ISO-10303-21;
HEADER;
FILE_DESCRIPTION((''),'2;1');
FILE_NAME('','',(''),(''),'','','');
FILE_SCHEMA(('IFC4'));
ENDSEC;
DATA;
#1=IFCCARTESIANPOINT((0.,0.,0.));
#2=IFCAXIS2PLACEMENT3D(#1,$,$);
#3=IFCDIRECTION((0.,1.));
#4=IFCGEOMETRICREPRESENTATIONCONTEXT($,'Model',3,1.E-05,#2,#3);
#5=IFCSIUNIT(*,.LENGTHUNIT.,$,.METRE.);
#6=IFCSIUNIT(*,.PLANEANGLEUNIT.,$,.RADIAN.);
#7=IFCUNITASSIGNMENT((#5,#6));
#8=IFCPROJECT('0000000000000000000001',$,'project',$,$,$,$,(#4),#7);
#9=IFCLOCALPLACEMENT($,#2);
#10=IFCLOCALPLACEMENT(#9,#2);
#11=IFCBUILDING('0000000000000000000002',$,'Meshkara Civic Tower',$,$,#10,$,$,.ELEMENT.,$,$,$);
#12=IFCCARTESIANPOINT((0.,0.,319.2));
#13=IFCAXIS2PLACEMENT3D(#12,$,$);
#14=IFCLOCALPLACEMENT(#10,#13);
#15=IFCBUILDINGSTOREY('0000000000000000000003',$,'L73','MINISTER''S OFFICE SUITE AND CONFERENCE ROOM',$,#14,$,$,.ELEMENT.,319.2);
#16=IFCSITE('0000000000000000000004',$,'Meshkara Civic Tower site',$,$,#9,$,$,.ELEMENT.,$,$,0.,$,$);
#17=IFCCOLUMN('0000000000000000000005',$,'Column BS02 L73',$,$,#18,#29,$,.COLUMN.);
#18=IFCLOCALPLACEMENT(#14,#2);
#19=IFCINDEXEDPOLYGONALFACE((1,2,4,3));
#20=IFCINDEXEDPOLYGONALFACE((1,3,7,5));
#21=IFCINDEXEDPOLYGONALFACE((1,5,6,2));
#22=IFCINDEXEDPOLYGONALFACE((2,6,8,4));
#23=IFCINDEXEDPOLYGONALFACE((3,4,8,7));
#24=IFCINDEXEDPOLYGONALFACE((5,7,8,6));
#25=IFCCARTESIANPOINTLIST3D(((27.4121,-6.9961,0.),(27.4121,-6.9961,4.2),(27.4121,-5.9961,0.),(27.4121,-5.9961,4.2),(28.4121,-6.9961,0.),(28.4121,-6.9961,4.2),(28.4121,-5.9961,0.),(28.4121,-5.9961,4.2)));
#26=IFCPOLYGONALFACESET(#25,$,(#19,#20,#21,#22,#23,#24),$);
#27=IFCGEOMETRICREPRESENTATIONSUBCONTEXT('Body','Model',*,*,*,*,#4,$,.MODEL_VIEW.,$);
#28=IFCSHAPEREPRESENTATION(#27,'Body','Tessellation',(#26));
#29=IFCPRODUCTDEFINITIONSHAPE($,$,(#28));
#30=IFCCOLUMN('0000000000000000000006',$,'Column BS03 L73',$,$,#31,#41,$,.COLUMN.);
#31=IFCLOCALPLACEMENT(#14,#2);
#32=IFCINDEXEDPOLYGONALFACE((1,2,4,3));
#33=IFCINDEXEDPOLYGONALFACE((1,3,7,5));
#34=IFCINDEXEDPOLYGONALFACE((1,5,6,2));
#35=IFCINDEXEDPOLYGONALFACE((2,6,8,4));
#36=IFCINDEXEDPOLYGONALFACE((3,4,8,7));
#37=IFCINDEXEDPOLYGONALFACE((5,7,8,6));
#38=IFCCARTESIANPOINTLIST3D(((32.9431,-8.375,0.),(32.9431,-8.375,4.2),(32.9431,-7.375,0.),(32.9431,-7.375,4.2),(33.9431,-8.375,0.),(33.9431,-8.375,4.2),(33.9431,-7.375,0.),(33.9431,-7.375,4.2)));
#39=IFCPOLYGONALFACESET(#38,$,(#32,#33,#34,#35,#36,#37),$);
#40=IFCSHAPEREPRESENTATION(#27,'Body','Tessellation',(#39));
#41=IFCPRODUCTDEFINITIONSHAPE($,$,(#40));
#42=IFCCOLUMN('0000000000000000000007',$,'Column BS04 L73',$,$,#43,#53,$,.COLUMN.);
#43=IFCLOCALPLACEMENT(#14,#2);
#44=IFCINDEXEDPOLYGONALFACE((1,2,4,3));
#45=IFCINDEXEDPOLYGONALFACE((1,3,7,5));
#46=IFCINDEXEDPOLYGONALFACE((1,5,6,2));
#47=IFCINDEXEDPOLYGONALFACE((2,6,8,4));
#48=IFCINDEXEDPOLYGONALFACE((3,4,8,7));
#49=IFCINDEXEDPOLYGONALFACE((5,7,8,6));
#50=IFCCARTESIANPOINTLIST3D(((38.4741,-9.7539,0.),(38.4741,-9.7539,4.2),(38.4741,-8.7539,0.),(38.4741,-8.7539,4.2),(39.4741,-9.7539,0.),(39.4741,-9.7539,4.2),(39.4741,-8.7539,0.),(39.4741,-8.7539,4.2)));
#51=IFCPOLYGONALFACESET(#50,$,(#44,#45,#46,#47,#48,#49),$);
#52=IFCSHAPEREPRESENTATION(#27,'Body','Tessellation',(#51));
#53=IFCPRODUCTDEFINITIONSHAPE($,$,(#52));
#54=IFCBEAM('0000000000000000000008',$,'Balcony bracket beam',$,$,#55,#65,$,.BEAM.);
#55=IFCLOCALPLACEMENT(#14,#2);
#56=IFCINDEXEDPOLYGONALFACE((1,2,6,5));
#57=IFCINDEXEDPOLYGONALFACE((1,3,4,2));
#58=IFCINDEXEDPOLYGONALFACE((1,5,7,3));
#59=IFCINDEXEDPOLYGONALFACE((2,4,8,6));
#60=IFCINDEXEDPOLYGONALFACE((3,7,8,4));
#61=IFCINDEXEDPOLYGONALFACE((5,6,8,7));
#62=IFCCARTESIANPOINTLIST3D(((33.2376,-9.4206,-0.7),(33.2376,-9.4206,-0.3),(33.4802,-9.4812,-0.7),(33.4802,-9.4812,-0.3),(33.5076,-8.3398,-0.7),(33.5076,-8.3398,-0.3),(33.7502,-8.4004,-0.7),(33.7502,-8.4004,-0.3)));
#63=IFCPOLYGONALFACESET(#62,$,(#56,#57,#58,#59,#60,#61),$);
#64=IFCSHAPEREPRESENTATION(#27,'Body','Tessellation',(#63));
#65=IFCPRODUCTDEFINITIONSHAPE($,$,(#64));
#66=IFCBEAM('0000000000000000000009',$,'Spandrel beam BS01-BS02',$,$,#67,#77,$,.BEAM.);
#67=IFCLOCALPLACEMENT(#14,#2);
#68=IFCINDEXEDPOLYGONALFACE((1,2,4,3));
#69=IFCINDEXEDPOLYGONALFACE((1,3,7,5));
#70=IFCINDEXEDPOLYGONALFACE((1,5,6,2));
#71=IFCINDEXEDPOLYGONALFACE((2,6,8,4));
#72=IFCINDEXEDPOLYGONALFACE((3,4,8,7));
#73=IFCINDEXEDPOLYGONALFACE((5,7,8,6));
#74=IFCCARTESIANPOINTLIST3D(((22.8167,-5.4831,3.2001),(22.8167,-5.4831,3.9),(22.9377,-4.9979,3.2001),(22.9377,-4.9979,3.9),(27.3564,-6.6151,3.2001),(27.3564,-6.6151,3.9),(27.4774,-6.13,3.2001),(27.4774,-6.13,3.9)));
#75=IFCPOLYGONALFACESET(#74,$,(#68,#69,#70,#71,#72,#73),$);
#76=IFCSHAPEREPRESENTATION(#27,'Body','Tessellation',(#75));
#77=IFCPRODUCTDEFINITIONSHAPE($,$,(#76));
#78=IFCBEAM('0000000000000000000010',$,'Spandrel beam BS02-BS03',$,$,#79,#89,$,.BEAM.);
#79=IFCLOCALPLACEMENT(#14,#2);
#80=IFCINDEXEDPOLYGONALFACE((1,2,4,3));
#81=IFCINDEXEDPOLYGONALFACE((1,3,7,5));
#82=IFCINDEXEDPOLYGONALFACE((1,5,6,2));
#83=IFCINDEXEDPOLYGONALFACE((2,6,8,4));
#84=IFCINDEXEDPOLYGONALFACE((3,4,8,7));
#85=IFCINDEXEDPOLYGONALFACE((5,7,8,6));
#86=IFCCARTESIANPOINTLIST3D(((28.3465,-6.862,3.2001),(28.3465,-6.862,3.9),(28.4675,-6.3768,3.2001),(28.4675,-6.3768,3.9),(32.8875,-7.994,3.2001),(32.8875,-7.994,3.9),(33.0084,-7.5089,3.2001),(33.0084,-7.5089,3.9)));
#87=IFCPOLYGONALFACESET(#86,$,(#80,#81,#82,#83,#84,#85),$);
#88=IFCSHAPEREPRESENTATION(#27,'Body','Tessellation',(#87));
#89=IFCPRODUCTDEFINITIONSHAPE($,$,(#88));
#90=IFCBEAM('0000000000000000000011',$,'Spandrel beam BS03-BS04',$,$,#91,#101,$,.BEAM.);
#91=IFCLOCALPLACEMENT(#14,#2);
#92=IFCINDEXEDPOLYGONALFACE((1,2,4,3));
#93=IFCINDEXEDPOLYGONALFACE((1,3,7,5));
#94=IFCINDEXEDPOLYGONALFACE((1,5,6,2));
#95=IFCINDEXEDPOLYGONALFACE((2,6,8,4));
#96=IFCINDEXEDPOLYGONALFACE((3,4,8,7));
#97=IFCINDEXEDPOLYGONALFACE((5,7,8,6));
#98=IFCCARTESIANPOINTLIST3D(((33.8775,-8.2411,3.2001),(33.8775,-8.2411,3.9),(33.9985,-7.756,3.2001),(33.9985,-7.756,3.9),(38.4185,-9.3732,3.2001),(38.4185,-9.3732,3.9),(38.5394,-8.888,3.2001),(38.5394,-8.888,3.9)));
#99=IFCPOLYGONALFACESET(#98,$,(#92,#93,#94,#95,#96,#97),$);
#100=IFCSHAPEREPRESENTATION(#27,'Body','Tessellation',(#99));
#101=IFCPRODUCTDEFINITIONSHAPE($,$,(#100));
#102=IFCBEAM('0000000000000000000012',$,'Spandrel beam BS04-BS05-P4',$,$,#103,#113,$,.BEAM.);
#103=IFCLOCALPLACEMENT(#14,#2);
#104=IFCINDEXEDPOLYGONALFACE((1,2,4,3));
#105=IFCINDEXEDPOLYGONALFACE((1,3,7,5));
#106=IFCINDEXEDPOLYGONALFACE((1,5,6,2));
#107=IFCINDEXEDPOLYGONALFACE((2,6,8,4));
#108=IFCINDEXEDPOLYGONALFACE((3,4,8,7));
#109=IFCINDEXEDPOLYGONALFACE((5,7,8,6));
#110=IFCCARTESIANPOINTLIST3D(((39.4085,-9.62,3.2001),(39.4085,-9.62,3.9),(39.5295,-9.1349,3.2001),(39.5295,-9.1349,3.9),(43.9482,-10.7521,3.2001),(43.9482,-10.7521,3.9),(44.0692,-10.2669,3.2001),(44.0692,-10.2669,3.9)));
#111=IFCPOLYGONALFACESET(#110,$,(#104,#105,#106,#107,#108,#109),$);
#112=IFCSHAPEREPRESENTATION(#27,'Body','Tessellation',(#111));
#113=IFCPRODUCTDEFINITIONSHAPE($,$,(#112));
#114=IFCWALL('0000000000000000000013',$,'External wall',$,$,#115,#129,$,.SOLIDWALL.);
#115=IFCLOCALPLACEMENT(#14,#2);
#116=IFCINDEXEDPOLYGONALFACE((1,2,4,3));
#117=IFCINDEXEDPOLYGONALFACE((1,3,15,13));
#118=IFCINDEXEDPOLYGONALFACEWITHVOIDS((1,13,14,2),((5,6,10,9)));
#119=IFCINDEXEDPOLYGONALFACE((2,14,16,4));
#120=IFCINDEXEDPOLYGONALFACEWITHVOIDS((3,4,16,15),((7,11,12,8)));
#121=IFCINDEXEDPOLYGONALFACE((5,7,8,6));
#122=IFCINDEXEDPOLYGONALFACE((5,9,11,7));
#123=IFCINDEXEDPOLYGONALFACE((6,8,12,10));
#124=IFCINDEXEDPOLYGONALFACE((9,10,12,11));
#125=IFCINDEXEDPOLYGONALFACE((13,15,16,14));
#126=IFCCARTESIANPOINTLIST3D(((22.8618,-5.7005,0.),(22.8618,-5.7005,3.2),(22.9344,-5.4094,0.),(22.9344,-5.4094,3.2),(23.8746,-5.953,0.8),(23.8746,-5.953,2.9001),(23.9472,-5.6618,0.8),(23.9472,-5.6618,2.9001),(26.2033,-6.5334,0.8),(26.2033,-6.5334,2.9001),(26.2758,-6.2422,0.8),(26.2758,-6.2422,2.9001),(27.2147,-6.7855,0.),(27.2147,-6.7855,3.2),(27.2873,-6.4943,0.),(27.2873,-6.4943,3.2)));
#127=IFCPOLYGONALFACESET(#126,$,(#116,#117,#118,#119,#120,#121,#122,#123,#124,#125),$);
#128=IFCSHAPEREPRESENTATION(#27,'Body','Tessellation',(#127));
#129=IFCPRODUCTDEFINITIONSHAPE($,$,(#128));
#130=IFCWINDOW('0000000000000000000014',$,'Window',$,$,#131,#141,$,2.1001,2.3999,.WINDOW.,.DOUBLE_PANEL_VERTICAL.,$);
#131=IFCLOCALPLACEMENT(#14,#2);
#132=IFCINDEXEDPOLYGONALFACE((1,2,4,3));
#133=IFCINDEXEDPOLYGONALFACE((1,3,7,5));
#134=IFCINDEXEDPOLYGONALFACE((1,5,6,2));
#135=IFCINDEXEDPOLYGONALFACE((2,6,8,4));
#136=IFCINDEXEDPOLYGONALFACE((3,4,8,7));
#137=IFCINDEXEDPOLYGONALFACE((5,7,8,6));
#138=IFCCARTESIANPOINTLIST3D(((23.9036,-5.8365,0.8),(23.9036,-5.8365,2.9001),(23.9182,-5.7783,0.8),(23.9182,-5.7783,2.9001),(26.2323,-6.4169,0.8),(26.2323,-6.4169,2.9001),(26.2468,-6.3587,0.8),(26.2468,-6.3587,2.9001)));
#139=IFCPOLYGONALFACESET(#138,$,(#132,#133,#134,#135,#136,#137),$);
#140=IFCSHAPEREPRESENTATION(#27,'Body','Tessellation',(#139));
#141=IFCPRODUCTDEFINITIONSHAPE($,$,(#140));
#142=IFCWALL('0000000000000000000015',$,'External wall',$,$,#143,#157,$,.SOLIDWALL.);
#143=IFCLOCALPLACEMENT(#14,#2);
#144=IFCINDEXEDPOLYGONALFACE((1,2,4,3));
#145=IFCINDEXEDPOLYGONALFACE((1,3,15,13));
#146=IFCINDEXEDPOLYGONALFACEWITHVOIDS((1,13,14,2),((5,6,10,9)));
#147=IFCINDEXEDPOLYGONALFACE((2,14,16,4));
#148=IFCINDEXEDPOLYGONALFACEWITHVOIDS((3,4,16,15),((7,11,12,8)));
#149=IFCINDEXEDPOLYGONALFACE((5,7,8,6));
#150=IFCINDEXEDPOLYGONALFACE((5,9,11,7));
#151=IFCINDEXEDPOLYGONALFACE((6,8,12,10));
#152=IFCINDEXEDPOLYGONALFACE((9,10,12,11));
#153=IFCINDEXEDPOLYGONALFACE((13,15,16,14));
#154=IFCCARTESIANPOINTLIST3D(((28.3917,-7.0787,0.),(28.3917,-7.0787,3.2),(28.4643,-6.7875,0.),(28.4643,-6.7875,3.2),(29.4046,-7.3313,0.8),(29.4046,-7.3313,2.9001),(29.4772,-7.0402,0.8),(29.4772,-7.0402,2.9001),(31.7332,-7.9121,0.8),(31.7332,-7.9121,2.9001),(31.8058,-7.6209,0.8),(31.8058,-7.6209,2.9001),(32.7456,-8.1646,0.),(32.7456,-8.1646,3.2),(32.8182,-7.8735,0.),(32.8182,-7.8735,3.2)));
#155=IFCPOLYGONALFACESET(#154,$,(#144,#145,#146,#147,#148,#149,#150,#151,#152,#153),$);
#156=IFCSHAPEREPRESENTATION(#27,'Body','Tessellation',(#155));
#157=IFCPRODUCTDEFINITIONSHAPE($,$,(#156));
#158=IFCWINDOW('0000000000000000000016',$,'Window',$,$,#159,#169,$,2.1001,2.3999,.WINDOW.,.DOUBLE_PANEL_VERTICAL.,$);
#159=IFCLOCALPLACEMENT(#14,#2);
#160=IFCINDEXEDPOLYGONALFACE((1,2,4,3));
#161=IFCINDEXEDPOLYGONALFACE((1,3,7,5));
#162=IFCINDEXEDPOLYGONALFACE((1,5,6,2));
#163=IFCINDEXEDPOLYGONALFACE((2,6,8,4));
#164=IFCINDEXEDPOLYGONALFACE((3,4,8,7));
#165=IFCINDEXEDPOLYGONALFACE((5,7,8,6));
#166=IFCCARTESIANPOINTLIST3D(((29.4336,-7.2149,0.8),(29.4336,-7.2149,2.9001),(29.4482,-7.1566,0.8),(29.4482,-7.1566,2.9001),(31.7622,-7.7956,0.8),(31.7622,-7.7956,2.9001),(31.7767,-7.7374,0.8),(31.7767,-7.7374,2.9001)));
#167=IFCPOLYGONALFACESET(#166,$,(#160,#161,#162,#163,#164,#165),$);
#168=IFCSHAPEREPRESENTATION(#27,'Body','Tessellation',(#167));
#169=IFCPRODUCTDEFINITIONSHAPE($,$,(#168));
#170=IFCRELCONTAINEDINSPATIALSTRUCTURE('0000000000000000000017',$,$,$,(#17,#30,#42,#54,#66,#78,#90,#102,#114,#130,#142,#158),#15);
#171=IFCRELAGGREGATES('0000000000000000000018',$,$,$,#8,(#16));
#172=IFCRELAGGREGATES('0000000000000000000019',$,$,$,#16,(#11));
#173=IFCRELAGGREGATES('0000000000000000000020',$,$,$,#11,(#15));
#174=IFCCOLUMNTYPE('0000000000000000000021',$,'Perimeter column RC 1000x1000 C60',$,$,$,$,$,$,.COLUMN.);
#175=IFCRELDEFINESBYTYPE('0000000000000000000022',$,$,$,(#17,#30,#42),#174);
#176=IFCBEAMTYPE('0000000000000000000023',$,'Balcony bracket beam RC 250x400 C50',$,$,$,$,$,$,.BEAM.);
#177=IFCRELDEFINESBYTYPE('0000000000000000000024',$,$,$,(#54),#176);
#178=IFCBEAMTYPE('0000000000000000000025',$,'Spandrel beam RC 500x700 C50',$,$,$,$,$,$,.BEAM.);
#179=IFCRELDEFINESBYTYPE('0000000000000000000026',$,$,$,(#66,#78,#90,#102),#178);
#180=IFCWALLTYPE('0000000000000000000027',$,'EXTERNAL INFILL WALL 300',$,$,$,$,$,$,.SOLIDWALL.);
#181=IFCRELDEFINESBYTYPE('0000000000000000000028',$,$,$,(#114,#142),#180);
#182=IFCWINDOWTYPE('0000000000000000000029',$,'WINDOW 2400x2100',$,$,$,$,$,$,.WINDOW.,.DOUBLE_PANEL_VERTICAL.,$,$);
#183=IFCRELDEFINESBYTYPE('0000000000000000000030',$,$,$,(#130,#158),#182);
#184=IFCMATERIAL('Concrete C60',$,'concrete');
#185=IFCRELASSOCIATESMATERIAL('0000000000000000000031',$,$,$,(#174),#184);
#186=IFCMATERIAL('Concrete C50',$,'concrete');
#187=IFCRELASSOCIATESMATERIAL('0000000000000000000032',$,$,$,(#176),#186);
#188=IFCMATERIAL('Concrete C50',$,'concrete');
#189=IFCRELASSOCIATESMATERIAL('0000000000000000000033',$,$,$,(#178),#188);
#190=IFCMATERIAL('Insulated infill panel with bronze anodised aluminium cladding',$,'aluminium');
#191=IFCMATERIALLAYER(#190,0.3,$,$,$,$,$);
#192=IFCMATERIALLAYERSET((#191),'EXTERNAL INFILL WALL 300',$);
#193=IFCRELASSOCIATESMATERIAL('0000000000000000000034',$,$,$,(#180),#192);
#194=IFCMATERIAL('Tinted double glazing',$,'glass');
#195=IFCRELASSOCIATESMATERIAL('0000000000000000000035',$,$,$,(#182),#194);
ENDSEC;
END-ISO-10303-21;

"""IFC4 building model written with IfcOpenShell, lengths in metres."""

from ifc_helpers import new_model, si_unit, direction, frame, frame_2d, origin, origin_2d, place, context, subcontext, project, spatial, rectangle, extrude, material, layer, layer_set, material_profile, profile_set, type_object, element, fill, save


model = new_model("IFC4")

# Units and contexts
model_context = context("Model", 3, precision=1e-05, world=origin(), true_north=direction((0.0, 1.0)))
body_context = subcontext(model_context, "Body", "Model", "MODEL_VIEW")
ifc_project = project(units=[si_unit("LENGTHUNIT", "METRE"), si_unit("PLANEANGLEUNIT", "RADIAN")], contexts=[model_context])

# Site, building, storey
site_placement = place(None, origin())
site = spatial("IfcSite", under=ifc_project, at=site_placement, Name="Meshkara Civic Tower site", CompositionType="ELEMENT", RefElevation=0.0)
building_placement = place(site_placement, origin())
building = spatial("IfcBuilding", under=site, at=building_placement, Name="Meshkara Civic Tower", CompositionType="ELEMENT")
storey_placement = place(building_placement, frame((0.0, 0.0, 319.2)))
storey = spatial("IfcBuildingStorey", under=building, at=storey_placement, Name="L73", Description="MINISTER'S OFFICE SUITE AND CONFERENCE ROOM", CompositionType="ELEMENT", Elevation=319.2)

# Columns
ifc_material_1 = material(Name="Concrete C60", Category="concrete")
ifc_material_profile_1 = material_profile(ifc_material_1, rectangle(XDim=1.0, YDim=1.0, at=origin_2d()))
ifc_profile_set_1 = profile_set([ifc_material_profile_1], Name="Concrete C60")
column_type = type_object("IfcColumnType", Name="Perimeter column RC 1000x1000 C60", PredefinedType="COLUMN", material=ifc_profile_set_1)
for number, where, z_axis, x_axis, name in (
    (1, (27.9121, -6.4961, 0.0), (0.0, 0.0, 1.0), (1.0, 0.0, 0.0), "Column BS02 L73"),
    (2, (33.4431, -7.875, 0.0), (0.0, 0.0, 1.0), (1.0, 0.0, 0.0), "Column BS03 L73"),
    (3, (38.9741, -9.2539, 0.0), (0.0, 0.0, 1.0), (1.0, 0.0, 0.0), "Column BS04 L73"),
):
    element("IfcColumn", number, at=place(storey_placement, frame(where, z_axis=z_axis, x_axis=x_axis)), inside=storey, type_object=column_type, Name=name, PredefinedType="COLUMN", context=body_context, shape_type="SweptSolid", body=[
        extrude(rectangle(XDim=1.0, YDim=1.0, at=origin_2d()), origin(), (0.0, 0.0, 1.0), 4.2),
    ])

# Beams
ifc_material_2 = material(Name="Concrete C50", Category="concrete")
ifc_material_profile_2 = material_profile(ifc_material_2, rectangle(XDim=0.25, YDim=0.3999, at=origin_2d()))
ifc_profile_set_2 = profile_set([ifc_material_profile_2], Name="Concrete C50")
beam_type_1 = type_object("IfcBeamType", Name="Balcony bracket beam RC 250x400 C50", PredefinedType="BEAM", material=ifc_profile_set_2)
beam_1_placement = place(storey_placement, frame((33.6289, -8.3701, -0.5), z_axis=(-0.242381, -0.970181, 0.0), x_axis=(0.970181, -0.242381, 0.0)))
element("IfcBeam", 4, at=beam_1_placement, inside=storey, type_object=beam_type_1, Name="Balcony bracket beam", PredefinedType="BEAM", context=body_context, shape_type="SweptSolid", body=[
    extrude(rectangle(XDim=0.25, YDim=0.3999, at=origin_2d()), origin(), (0.0, 0.0, 1.0), 1.114),
])
ifc_material_3 = material(Name="Concrete C50", Category="concrete")
ifc_material_profile_3 = material_profile(ifc_material_3, rectangle(XDim=0.5, YDim=0.7, at=origin_2d()))
ifc_profile_set_3 = profile_set([ifc_material_profile_3], Name="Concrete C50")
beam_type_2 = type_object("IfcBeamType", Name="Spandrel beam RC 500x700 C50", PredefinedType="BEAM", material=ifc_profile_set_3)
beam_2_placement = place(storey_placement, frame((22.8772, -5.2405, 3.55), z_axis=(0.970287, -0.241959, 0.0), x_axis=(0.241959, 0.970287, 0.0)))
element("IfcBeam", 5, at=beam_2_placement, inside=storey, type_object=beam_type_2, Name="Spandrel beam BS01-BS02", PredefinedType="BEAM", context=body_context, shape_type="SweptSolid", body=[
    extrude(rectangle(XDim=0.5, YDim=0.7, at=origin_2d()), origin(), (0.0, 0.0, 1.0), 4.6787),
])
for number, where, z_axis, x_axis, name in (
    (6, (28.407, -6.6194, 3.55), (0.970302, -0.241897, 0.0), (0.241897, 0.970302, 0.0), "Spandrel beam BS02-BS03"),
    (7, (33.938, -7.9985, 3.55), (0.970302, -0.241897, 0.0), (0.241897, 0.970302, 0.0), "Spandrel beam BS03-BS04"),
):
    element("IfcBeam", number, at=place(storey_placement, frame(where, z_axis=z_axis, x_axis=x_axis)), inside=storey, type_object=beam_type_2, Name=name, PredefinedType="BEAM", context=body_context, shape_type="SweptSolid", body=[
        extrude(rectangle(XDim=0.5, YDim=0.7, at=origin_2d()), origin(), (0.0, 0.0, 1.0), 4.6799),
    ])
beam_3_placement = place(storey_placement, frame((39.469, -9.3774, 3.55), z_axis=(0.970287, -0.241959, 0.0), x_axis=(0.241959, 0.970287, 0.0)))
element("IfcBeam", 8, at=beam_3_placement, inside=storey, type_object=beam_type_2, Name="Spandrel beam BS04-BS05-P4", PredefinedType="BEAM", context=body_context, shape_type="SweptSolid", body=[
    extrude(rectangle(XDim=0.5, YDim=0.7, at=origin_2d()), origin(), (0.0, 0.0, 1.0), 4.6787),
])

# Walls, openings, windows
ifc_material_4 = material(Name="Insulated infill panel with bronze anodised aluminium cladding", Category="aluminium")
ifc_layer_1 = layer(ifc_material_4, 0.3)
ifc_layer_set_1 = layer_set([ifc_layer_1], Name="EXTERNAL INFILL WALL 300")
wall_type_1 = type_object("IfcWallType", Name="EXTERNAL INFILL WALL 300", PredefinedType="SOLIDWALL", material=ifc_layer_set_1)
wall_1_placement = place(storey_placement, frame((22.8979, -5.5549, 0.0), z_axis=(0.0, 0.0, 1.0), x_axis=(0.970315, -0.241844, 0.0)))
wall_1 = element("IfcWall", 9, at=wall_1_placement, inside=storey, type_object=wall_type_1, Name="External wall", PredefinedType="SOLIDWALL", context=body_context, shape_type="SweptSolid", body=[
    extrude(rectangle(XDim=4.4861, YDim=0.3, at=frame_2d((2.2432, 0.0))), origin(), (0.0, 0.0, 1.0), 3.2),
])
opening_1_placement = place(wall_1_placement, frame((1.0439, 0.0, 0.8)))
opening_1 = element("IfcOpeningElement", 10, at=opening_1_placement, cuts=wall_1, PredefinedType="OPENING", context=body_context, shape_type="SweptSolid", body=[
    extrude(rectangle(XDim=2.3999, YDim=2.1001, at=frame_2d((1.2, 1.05))), frame((0.0, 0.1599, 0.0), z_axis=(0.0, -1.0, 0.0), x_axis=(1.0, 0.0, 0.0)), (0.0, 0.0, 1.0), 0.3201),
])
ifc_material_5 = material(Name="Tinted double glazing", Category="glass")
window_type = type_object("IfcWindowType", Name="WINDOW 2400x2100", PartitioningType="DOUBLE_PANEL_VERTICAL", PredefinedType="WINDOW", material=ifc_material_5)
window_1_placement = place(opening_1_placement, origin())
window_1 = element("IfcWindow", 11, at=window_1_placement, inside=storey, type_object=window_type, Name="Window", OverallHeight=2.1001, OverallWidth=2.3999, PartitioningType="DOUBLE_PANEL_VERTICAL", PredefinedType="WINDOW", context=body_context, shape_type="SweptSolid", body=[
    extrude(rectangle(XDim=2.3999, YDim=2.1001, at=frame_2d((1.2, 1.05))), frame((0.0, 0.03, 0.0), z_axis=(0.0, -1.0, 0.0), x_axis=(1.0, 0.0, 0.0)), (0.0, 0.0, 1.0), 0.0601),
])
fill(opening_1, window_1)
wall_2_placement = place(storey_placement, frame((28.428, -6.9331, 0.0), z_axis=(0.0, 0.0, 1.0), x_axis=(0.970277, -0.241998, 0.0)))
wall_2 = element("IfcWall", 12, at=wall_2_placement, inside=storey, type_object=wall_type_1, Name="External wall", PredefinedType="SOLIDWALL", context=body_context, shape_type="SweptSolid", body=[
    extrude(rectangle(XDim=4.4873, YDim=0.3, at=frame_2d((2.2437, 0.0))), origin(), (0.0, 0.0, 1.0), 3.2),
])
opening_2_placement = place(wall_2_placement, frame((1.0439, 0.0, 0.8)))
opening_2 = element("IfcOpeningElement", 13, at=opening_2_placement, cuts=wall_2, PredefinedType="OPENING", context=body_context, shape_type="SweptSolid", body=[
    extrude(rectangle(XDim=2.3999, YDim=2.1001, at=frame_2d((1.2, 1.05))), frame((0.0, 0.1599, 0.0), z_axis=(0.0, -1.0, 0.0), x_axis=(1.0, 0.0, 0.0)), (0.0, 0.0, 1.0), 0.3201),
])
window_2_placement = place(opening_2_placement, origin())
window_2 = element("IfcWindow", 14, at=window_2_placement, inside=storey, type_object=window_type, Name="Window", OverallHeight=2.1001, OverallWidth=2.3999, PartitioningType="DOUBLE_PANEL_VERTICAL", PredefinedType="WINDOW", context=body_context, shape_type="SweptSolid", body=[
    extrude(rectangle(XDim=2.3999, YDim=2.1001, at=frame_2d((1.2, 1.05))), frame((0.0, 0.03, 0.0), z_axis=(0.0, -1.0, 0.0), x_axis=(1.0, 0.0, 0.0)), (0.0, 0.0, 1.0), 0.0601),
])
fill(opening_2, window_2)

save(model, "model.ifc")
